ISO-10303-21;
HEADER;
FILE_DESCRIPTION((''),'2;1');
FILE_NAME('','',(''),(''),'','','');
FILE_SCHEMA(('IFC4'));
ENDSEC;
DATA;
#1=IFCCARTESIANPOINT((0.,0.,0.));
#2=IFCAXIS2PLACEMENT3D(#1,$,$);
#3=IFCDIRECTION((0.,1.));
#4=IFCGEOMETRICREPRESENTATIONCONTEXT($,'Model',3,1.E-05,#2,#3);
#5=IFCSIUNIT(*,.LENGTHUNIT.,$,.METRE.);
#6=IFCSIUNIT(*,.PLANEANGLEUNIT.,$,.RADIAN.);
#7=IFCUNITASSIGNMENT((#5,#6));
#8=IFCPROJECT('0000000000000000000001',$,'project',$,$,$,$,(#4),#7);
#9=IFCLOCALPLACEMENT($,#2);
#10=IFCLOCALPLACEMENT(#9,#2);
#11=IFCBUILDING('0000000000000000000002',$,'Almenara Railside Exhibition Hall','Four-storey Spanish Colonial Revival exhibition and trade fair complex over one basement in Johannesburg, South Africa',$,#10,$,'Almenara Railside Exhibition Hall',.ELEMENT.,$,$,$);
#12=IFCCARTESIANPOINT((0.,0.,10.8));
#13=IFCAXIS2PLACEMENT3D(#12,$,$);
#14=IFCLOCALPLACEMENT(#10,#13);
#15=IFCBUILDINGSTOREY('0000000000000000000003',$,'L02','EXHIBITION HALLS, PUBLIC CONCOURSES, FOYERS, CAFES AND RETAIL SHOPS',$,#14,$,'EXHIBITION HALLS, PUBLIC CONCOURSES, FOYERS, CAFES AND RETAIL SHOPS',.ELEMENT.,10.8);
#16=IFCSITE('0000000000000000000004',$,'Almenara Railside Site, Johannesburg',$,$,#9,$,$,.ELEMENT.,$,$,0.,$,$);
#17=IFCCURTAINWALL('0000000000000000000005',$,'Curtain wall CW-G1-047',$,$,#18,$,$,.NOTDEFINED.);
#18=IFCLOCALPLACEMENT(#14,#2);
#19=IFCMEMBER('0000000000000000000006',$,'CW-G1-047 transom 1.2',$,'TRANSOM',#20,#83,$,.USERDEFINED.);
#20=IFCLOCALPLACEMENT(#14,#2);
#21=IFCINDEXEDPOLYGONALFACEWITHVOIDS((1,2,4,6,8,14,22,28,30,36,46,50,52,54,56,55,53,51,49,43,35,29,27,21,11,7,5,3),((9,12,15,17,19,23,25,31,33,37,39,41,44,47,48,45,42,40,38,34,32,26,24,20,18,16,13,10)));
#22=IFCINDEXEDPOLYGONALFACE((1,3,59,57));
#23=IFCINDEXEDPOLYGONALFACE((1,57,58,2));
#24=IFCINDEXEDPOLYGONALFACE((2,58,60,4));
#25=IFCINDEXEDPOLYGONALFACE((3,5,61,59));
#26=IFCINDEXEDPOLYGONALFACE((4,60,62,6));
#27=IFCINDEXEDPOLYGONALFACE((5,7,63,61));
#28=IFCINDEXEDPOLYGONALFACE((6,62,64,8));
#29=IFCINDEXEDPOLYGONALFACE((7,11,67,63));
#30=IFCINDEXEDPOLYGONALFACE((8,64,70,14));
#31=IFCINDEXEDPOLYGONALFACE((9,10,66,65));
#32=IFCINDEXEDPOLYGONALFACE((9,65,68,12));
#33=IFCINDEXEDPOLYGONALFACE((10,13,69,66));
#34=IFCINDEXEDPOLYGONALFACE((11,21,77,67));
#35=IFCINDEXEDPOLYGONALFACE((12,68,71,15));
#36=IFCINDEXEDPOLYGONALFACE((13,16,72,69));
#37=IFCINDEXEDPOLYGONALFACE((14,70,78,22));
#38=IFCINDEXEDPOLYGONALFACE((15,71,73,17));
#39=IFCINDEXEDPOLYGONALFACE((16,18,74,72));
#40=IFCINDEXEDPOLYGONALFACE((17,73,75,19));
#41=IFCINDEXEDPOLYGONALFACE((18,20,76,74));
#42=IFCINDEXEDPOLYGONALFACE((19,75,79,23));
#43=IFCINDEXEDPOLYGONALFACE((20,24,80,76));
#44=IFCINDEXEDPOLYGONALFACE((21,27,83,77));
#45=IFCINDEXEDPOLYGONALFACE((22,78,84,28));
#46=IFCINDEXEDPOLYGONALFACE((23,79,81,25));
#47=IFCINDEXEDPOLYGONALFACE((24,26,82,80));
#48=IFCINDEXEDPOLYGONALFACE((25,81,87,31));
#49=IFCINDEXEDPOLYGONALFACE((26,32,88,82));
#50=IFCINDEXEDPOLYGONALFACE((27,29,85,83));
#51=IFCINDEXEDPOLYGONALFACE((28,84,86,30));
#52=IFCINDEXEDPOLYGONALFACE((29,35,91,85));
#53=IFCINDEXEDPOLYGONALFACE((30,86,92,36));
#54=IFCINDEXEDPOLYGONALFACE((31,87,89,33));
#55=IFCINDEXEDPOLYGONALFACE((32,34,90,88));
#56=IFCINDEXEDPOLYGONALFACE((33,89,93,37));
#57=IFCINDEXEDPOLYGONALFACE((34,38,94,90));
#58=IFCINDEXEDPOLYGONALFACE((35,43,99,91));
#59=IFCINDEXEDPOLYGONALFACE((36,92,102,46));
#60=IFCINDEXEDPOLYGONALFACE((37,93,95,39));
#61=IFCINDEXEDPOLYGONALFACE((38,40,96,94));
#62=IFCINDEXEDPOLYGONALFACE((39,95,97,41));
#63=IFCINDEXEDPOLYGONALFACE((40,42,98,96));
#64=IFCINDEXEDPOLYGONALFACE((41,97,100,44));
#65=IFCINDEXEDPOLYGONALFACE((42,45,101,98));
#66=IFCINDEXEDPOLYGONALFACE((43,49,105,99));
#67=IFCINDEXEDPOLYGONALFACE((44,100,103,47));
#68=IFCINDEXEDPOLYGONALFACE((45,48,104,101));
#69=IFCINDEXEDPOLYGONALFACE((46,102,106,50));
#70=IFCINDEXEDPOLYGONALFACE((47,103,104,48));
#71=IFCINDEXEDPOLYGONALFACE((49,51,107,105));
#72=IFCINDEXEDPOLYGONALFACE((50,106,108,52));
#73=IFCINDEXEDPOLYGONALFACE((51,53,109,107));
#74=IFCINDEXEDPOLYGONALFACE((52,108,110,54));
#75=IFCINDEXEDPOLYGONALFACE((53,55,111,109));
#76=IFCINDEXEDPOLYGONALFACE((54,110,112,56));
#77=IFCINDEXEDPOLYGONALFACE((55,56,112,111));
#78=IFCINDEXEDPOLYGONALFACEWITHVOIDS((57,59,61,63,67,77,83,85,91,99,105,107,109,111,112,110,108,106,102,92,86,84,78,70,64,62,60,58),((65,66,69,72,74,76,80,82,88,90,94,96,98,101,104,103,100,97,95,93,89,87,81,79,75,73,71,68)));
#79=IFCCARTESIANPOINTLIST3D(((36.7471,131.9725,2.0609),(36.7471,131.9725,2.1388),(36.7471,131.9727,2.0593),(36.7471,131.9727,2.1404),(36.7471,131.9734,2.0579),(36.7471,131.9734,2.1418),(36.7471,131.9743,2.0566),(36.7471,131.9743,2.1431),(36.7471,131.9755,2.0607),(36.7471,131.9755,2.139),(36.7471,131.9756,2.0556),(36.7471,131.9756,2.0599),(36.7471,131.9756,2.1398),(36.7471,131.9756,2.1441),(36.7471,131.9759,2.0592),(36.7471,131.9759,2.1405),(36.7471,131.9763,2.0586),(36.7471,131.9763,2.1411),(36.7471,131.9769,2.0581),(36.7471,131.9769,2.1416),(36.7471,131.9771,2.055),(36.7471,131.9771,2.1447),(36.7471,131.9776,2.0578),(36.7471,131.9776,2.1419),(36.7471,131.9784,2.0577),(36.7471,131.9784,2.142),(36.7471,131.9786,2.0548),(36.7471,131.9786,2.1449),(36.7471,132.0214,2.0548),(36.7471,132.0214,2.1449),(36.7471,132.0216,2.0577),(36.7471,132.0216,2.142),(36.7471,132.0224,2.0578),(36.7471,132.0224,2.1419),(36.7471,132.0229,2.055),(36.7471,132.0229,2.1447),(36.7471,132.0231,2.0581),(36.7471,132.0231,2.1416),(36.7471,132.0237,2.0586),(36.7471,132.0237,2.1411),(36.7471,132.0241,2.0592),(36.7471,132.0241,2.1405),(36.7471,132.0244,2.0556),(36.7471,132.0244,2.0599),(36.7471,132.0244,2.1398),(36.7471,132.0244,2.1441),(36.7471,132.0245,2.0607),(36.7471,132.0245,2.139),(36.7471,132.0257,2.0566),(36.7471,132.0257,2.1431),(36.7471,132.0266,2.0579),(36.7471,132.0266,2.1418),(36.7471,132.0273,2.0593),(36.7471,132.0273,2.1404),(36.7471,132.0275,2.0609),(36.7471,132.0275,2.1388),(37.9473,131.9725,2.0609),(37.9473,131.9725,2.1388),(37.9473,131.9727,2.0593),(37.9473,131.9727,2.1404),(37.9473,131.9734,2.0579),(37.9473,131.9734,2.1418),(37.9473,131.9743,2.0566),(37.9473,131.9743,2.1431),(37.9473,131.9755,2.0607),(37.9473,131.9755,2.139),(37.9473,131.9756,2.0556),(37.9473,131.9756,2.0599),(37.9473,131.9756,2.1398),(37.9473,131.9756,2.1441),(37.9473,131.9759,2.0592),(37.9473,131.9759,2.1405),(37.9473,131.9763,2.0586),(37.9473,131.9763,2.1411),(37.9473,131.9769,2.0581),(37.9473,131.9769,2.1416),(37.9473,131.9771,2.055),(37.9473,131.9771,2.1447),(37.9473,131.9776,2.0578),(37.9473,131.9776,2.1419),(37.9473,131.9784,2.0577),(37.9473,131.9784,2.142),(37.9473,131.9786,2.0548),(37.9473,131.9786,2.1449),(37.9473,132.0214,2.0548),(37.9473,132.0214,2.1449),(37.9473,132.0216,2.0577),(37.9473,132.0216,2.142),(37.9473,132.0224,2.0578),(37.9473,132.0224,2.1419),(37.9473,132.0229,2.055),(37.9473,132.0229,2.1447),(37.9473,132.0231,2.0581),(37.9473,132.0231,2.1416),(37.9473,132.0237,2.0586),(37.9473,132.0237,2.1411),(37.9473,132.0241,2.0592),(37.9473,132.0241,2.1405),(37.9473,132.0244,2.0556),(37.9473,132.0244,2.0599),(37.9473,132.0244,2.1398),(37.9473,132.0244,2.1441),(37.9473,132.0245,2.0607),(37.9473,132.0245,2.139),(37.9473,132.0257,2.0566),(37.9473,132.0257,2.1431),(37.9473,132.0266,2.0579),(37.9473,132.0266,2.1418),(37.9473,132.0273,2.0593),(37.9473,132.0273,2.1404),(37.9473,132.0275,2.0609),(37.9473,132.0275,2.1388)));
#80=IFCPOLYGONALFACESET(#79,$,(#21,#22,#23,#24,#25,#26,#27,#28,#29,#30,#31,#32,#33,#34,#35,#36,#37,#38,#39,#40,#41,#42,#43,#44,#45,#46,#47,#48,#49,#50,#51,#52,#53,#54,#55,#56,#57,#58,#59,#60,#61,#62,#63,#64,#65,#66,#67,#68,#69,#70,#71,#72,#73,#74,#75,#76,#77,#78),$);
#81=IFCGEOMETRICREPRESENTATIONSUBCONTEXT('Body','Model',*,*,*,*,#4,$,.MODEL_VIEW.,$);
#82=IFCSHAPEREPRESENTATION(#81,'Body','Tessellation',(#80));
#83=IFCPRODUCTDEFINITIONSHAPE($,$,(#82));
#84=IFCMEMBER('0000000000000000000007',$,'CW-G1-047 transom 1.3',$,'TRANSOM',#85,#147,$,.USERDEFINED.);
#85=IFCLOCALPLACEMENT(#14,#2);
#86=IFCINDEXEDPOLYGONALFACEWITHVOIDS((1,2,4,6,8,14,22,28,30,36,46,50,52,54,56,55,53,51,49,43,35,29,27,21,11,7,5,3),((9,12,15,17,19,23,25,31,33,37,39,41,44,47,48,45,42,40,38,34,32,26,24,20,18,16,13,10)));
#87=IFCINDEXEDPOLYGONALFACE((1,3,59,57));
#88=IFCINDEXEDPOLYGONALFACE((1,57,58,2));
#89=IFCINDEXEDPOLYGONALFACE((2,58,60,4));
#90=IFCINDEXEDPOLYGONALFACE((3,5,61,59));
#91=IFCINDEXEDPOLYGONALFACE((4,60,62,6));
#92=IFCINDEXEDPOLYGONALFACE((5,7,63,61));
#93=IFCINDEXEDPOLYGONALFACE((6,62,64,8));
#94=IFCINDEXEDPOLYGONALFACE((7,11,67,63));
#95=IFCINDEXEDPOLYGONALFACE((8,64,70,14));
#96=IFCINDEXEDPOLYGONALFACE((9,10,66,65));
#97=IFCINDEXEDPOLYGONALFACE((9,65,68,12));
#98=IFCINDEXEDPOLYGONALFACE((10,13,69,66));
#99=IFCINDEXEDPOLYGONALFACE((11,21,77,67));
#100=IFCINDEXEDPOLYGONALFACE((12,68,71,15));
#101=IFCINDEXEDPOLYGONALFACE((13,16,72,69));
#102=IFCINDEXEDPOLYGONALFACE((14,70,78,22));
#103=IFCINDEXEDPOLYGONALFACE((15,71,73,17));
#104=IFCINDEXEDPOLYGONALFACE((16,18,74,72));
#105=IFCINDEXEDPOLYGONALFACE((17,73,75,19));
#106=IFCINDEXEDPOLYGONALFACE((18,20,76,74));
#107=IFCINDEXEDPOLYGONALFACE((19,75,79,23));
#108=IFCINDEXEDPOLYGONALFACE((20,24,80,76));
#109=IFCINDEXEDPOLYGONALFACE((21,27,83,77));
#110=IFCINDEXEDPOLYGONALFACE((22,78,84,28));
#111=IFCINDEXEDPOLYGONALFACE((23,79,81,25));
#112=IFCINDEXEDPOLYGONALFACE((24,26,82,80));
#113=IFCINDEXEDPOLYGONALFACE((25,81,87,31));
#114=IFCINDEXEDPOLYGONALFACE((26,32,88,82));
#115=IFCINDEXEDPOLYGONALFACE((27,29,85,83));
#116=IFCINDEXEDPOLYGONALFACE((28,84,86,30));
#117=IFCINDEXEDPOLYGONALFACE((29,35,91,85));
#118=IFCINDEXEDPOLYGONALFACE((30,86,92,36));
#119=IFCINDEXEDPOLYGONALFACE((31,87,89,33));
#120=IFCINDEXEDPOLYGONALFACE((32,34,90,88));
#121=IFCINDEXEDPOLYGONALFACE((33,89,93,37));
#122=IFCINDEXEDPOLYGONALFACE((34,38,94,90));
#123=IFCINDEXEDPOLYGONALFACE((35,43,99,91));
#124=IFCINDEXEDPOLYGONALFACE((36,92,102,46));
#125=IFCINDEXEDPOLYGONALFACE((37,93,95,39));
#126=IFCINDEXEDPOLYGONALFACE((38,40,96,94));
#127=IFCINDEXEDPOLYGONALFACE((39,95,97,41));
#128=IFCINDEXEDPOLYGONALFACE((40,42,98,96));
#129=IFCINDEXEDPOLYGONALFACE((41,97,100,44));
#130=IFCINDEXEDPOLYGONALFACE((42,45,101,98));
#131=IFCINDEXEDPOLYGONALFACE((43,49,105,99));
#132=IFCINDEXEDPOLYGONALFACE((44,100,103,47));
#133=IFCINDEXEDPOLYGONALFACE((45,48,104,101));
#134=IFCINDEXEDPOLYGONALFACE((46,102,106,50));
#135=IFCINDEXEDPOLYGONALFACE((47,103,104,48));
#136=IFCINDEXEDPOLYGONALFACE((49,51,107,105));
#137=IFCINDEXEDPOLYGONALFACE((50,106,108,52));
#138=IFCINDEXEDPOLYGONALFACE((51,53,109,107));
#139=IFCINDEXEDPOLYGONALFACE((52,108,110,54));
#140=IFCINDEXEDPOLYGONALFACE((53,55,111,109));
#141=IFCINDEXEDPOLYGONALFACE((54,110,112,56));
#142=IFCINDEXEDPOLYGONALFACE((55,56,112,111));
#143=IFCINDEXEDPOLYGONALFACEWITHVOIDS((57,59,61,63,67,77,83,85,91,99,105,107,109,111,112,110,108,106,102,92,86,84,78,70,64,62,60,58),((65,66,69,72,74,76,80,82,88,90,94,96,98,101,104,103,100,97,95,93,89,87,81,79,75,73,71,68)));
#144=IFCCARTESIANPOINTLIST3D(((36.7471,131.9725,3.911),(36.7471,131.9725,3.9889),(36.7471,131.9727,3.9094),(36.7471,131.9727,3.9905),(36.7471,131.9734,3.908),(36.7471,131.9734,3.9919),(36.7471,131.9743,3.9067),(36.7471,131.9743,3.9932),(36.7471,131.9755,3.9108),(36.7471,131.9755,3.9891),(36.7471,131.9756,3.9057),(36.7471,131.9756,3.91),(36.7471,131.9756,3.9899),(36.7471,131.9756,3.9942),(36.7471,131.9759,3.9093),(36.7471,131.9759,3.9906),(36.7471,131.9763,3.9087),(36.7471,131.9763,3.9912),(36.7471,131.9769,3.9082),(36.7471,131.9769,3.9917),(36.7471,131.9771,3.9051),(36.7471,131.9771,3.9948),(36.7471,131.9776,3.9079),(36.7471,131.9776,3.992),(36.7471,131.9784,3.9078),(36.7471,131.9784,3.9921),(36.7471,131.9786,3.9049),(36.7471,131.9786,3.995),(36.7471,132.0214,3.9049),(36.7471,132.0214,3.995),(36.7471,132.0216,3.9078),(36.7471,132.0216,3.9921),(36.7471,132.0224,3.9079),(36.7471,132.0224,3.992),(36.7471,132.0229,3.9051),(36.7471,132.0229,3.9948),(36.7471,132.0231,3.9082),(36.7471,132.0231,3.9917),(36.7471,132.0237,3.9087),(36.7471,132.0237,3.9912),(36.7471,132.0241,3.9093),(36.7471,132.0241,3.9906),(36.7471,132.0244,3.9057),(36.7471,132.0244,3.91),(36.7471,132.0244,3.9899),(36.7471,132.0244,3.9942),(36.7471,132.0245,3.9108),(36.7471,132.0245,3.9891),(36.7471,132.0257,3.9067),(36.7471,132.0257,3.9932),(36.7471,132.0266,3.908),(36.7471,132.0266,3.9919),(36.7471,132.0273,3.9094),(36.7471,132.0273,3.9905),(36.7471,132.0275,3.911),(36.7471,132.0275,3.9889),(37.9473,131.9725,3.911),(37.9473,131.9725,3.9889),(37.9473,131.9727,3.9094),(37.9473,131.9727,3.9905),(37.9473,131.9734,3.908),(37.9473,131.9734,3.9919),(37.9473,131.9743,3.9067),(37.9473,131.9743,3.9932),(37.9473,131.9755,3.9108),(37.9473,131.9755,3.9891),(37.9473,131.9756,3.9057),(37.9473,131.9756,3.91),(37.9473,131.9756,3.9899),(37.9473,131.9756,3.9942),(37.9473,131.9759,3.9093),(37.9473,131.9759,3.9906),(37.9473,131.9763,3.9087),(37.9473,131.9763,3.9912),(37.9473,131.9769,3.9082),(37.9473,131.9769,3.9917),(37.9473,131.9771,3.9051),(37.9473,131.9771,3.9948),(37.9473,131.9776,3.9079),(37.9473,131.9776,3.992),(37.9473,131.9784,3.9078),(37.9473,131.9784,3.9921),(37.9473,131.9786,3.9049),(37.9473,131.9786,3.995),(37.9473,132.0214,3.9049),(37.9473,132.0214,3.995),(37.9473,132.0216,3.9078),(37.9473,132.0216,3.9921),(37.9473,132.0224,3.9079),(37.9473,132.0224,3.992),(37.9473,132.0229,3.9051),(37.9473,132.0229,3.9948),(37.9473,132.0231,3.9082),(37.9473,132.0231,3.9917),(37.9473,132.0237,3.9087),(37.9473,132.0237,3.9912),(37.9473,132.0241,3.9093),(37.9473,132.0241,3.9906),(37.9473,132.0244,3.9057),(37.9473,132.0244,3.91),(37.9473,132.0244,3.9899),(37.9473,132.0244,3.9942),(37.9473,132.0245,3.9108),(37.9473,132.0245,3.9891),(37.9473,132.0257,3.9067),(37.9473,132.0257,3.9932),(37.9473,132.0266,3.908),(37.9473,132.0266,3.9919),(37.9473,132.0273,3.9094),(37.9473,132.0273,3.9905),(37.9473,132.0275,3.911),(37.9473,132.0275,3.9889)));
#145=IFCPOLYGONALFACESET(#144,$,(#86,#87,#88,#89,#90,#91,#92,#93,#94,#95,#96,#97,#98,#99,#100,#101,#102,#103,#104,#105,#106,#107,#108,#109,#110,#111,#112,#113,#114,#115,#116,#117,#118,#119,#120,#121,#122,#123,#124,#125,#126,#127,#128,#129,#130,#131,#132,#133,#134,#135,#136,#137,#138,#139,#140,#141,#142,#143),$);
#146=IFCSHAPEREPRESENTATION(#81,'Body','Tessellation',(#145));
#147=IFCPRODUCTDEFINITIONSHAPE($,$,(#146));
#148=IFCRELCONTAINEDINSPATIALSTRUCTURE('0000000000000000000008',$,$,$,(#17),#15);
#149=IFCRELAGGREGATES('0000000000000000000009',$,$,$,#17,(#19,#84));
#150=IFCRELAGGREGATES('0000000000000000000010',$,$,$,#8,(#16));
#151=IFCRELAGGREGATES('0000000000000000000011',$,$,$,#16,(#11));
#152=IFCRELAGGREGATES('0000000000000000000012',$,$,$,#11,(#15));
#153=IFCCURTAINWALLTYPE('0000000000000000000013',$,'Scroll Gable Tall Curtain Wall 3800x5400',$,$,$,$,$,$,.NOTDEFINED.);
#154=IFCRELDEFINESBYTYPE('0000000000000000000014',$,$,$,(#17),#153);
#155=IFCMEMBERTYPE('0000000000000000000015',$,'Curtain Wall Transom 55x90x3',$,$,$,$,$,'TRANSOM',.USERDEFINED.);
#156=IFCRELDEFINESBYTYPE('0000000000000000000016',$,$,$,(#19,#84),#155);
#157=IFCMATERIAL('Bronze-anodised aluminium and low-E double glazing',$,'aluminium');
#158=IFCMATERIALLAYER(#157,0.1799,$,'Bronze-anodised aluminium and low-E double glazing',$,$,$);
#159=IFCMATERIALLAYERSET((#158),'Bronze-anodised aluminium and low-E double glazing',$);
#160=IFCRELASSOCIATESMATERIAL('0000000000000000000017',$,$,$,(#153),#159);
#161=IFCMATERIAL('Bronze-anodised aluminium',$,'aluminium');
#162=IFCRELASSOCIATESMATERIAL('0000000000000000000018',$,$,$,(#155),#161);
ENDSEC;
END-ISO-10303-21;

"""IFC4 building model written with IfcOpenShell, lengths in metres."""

from ifc_helpers import new_model, si_unit, direction, frame, origin, origin_2d, place, context, subcontext, project, spatial, hollow_rectangle, extrude, material, layer, layer_set, material_profile, profile_set, type_object, element, aggregate, save


model = new_model("IFC4")

# Units and contexts
model_context = context("Model", 3, precision=1e-05, world=origin(), true_north=direction((0.0, 1.0)))
body_context = subcontext(model_context, "Body", "Model", "MODEL_VIEW")
ifc_project = project(units=[si_unit("LENGTHUNIT", "METRE"), si_unit("PLANEANGLEUNIT", "RADIAN")], contexts=[model_context])

# Site, building, storey
site_placement = place(None, origin())
site = spatial("IfcSite", under=ifc_project, at=site_placement, Name="Almenara Railside Site, Johannesburg", CompositionType="ELEMENT", RefElevation=0.0)
building_placement = place(site_placement, origin())
building = spatial("IfcBuilding", under=site, at=building_placement, Name="Almenara Railside Exhibition Hall", Description="Four-storey Spanish Colonial Revival exhibition and trade fair complex over one basement in Johannesburg, South Africa", LongName="Almenara Railside Exhibition Hall", CompositionType="ELEMENT")
storey_placement = place(building_placement, frame((0.0, 0.0, 10.8)))
storey = spatial("IfcBuildingStorey", under=building, at=storey_placement, Name="L02", Description="EXHIBITION HALLS, PUBLIC CONCOURSES, FOYERS, CAFES AND RETAIL SHOPS", LongName="EXHIBITION HALLS, PUBLIC CONCOURSES, FOYERS, CAFES AND RETAIL SHOPS", CompositionType="ELEMENT", Elevation=10.8)

# Curtain wall
ifc_material_1 = material(Name="Bronze-anodised aluminium and low-E double glazing", Category="aluminium")
ifc_layer_1 = layer(ifc_material_1, 0.1799, Name="Bronze-anodised aluminium and low-E double glazing")
ifc_layer_set_1 = layer_set([ifc_layer_1], Name="Bronze-anodised aluminium and low-E double glazing")
curtain_wall_type_1 = type_object("IfcCurtainWallType", Name="Scroll Gable Tall Curtain Wall 3800x5400", PredefinedType="NOTDEFINED", material=ifc_layer_set_1)
curtain_wall_1_placement = place(storey_placement, origin())
curtain_wall_1 = element("IfcCurtainWall", 1, at=curtain_wall_1_placement, inside=storey, type_object=curtain_wall_type_1, Name="Curtain wall CW-G1-047", PredefinedType="NOTDEFINED")
ifc_material_2 = material(Name="Bronze-anodised aluminium", Category="aluminium")

# Members
ifc_material_profile_1 = material_profile(ifc_material_2, hollow_rectangle(XDim=0.0549, YDim=0.0901, WallThickness=0.0029, InnerFilletRadius=0.0029, OuterFilletRadius=0.0061, at=origin_2d()), Name="ALU-TRN 55x90x3")
ifc_profile_set_1 = profile_set([ifc_material_profile_1], Name="Bronze-anodised aluminium")
member_type_1 = type_object("IfcMemberType", Name="Curtain Wall Transom 55x90x3", ElementType="TRANSOM", PredefinedType="USERDEFINED", material=ifc_profile_set_1)
member_1_placement = place(storey_placement, frame((36.7471, 132.0, 2.0999), z_axis=(1.0, 0.0, 0.0), x_axis=(0.0, 1.0, 0.0)))
member_1 = element("IfcMember", 2, at=member_1_placement, type_object=member_type_1, Name="CW-G1-047 transom 1.2", ObjectType="TRANSOM", PredefinedType="USERDEFINED", context=body_context, shape_type="SweptSolid", body=[
    extrude(hollow_rectangle(XDim=0.0549, YDim=0.0901, WallThickness=0.0029, InnerFilletRadius=0.0029, OuterFilletRadius=0.0061, at=origin_2d()), origin(), (0.0, 0.0, 1.0), 1.2002),
])
member_2_placement = place(storey_placement, frame((36.7471, 132.0, 3.95), z_axis=(1.0, 0.0, 0.0), x_axis=(0.0, 1.0, 0.0)))
member_2 = element("IfcMember", 3, at=member_2_placement, type_object=member_type_1, Name="CW-G1-047 transom 1.3", ObjectType="TRANSOM", PredefinedType="USERDEFINED", context=body_context, shape_type="SweptSolid", body=[
    extrude(hollow_rectangle(XDim=0.0549, YDim=0.0901, WallThickness=0.0029, InnerFilletRadius=0.0029, OuterFilletRadius=0.0061, at=origin_2d()), origin(), (0.0, 0.0, 1.0), 1.2002),
])

aggregate(curtain_wall_1, [member_1, member_2])

save(model, "model.ifc")
